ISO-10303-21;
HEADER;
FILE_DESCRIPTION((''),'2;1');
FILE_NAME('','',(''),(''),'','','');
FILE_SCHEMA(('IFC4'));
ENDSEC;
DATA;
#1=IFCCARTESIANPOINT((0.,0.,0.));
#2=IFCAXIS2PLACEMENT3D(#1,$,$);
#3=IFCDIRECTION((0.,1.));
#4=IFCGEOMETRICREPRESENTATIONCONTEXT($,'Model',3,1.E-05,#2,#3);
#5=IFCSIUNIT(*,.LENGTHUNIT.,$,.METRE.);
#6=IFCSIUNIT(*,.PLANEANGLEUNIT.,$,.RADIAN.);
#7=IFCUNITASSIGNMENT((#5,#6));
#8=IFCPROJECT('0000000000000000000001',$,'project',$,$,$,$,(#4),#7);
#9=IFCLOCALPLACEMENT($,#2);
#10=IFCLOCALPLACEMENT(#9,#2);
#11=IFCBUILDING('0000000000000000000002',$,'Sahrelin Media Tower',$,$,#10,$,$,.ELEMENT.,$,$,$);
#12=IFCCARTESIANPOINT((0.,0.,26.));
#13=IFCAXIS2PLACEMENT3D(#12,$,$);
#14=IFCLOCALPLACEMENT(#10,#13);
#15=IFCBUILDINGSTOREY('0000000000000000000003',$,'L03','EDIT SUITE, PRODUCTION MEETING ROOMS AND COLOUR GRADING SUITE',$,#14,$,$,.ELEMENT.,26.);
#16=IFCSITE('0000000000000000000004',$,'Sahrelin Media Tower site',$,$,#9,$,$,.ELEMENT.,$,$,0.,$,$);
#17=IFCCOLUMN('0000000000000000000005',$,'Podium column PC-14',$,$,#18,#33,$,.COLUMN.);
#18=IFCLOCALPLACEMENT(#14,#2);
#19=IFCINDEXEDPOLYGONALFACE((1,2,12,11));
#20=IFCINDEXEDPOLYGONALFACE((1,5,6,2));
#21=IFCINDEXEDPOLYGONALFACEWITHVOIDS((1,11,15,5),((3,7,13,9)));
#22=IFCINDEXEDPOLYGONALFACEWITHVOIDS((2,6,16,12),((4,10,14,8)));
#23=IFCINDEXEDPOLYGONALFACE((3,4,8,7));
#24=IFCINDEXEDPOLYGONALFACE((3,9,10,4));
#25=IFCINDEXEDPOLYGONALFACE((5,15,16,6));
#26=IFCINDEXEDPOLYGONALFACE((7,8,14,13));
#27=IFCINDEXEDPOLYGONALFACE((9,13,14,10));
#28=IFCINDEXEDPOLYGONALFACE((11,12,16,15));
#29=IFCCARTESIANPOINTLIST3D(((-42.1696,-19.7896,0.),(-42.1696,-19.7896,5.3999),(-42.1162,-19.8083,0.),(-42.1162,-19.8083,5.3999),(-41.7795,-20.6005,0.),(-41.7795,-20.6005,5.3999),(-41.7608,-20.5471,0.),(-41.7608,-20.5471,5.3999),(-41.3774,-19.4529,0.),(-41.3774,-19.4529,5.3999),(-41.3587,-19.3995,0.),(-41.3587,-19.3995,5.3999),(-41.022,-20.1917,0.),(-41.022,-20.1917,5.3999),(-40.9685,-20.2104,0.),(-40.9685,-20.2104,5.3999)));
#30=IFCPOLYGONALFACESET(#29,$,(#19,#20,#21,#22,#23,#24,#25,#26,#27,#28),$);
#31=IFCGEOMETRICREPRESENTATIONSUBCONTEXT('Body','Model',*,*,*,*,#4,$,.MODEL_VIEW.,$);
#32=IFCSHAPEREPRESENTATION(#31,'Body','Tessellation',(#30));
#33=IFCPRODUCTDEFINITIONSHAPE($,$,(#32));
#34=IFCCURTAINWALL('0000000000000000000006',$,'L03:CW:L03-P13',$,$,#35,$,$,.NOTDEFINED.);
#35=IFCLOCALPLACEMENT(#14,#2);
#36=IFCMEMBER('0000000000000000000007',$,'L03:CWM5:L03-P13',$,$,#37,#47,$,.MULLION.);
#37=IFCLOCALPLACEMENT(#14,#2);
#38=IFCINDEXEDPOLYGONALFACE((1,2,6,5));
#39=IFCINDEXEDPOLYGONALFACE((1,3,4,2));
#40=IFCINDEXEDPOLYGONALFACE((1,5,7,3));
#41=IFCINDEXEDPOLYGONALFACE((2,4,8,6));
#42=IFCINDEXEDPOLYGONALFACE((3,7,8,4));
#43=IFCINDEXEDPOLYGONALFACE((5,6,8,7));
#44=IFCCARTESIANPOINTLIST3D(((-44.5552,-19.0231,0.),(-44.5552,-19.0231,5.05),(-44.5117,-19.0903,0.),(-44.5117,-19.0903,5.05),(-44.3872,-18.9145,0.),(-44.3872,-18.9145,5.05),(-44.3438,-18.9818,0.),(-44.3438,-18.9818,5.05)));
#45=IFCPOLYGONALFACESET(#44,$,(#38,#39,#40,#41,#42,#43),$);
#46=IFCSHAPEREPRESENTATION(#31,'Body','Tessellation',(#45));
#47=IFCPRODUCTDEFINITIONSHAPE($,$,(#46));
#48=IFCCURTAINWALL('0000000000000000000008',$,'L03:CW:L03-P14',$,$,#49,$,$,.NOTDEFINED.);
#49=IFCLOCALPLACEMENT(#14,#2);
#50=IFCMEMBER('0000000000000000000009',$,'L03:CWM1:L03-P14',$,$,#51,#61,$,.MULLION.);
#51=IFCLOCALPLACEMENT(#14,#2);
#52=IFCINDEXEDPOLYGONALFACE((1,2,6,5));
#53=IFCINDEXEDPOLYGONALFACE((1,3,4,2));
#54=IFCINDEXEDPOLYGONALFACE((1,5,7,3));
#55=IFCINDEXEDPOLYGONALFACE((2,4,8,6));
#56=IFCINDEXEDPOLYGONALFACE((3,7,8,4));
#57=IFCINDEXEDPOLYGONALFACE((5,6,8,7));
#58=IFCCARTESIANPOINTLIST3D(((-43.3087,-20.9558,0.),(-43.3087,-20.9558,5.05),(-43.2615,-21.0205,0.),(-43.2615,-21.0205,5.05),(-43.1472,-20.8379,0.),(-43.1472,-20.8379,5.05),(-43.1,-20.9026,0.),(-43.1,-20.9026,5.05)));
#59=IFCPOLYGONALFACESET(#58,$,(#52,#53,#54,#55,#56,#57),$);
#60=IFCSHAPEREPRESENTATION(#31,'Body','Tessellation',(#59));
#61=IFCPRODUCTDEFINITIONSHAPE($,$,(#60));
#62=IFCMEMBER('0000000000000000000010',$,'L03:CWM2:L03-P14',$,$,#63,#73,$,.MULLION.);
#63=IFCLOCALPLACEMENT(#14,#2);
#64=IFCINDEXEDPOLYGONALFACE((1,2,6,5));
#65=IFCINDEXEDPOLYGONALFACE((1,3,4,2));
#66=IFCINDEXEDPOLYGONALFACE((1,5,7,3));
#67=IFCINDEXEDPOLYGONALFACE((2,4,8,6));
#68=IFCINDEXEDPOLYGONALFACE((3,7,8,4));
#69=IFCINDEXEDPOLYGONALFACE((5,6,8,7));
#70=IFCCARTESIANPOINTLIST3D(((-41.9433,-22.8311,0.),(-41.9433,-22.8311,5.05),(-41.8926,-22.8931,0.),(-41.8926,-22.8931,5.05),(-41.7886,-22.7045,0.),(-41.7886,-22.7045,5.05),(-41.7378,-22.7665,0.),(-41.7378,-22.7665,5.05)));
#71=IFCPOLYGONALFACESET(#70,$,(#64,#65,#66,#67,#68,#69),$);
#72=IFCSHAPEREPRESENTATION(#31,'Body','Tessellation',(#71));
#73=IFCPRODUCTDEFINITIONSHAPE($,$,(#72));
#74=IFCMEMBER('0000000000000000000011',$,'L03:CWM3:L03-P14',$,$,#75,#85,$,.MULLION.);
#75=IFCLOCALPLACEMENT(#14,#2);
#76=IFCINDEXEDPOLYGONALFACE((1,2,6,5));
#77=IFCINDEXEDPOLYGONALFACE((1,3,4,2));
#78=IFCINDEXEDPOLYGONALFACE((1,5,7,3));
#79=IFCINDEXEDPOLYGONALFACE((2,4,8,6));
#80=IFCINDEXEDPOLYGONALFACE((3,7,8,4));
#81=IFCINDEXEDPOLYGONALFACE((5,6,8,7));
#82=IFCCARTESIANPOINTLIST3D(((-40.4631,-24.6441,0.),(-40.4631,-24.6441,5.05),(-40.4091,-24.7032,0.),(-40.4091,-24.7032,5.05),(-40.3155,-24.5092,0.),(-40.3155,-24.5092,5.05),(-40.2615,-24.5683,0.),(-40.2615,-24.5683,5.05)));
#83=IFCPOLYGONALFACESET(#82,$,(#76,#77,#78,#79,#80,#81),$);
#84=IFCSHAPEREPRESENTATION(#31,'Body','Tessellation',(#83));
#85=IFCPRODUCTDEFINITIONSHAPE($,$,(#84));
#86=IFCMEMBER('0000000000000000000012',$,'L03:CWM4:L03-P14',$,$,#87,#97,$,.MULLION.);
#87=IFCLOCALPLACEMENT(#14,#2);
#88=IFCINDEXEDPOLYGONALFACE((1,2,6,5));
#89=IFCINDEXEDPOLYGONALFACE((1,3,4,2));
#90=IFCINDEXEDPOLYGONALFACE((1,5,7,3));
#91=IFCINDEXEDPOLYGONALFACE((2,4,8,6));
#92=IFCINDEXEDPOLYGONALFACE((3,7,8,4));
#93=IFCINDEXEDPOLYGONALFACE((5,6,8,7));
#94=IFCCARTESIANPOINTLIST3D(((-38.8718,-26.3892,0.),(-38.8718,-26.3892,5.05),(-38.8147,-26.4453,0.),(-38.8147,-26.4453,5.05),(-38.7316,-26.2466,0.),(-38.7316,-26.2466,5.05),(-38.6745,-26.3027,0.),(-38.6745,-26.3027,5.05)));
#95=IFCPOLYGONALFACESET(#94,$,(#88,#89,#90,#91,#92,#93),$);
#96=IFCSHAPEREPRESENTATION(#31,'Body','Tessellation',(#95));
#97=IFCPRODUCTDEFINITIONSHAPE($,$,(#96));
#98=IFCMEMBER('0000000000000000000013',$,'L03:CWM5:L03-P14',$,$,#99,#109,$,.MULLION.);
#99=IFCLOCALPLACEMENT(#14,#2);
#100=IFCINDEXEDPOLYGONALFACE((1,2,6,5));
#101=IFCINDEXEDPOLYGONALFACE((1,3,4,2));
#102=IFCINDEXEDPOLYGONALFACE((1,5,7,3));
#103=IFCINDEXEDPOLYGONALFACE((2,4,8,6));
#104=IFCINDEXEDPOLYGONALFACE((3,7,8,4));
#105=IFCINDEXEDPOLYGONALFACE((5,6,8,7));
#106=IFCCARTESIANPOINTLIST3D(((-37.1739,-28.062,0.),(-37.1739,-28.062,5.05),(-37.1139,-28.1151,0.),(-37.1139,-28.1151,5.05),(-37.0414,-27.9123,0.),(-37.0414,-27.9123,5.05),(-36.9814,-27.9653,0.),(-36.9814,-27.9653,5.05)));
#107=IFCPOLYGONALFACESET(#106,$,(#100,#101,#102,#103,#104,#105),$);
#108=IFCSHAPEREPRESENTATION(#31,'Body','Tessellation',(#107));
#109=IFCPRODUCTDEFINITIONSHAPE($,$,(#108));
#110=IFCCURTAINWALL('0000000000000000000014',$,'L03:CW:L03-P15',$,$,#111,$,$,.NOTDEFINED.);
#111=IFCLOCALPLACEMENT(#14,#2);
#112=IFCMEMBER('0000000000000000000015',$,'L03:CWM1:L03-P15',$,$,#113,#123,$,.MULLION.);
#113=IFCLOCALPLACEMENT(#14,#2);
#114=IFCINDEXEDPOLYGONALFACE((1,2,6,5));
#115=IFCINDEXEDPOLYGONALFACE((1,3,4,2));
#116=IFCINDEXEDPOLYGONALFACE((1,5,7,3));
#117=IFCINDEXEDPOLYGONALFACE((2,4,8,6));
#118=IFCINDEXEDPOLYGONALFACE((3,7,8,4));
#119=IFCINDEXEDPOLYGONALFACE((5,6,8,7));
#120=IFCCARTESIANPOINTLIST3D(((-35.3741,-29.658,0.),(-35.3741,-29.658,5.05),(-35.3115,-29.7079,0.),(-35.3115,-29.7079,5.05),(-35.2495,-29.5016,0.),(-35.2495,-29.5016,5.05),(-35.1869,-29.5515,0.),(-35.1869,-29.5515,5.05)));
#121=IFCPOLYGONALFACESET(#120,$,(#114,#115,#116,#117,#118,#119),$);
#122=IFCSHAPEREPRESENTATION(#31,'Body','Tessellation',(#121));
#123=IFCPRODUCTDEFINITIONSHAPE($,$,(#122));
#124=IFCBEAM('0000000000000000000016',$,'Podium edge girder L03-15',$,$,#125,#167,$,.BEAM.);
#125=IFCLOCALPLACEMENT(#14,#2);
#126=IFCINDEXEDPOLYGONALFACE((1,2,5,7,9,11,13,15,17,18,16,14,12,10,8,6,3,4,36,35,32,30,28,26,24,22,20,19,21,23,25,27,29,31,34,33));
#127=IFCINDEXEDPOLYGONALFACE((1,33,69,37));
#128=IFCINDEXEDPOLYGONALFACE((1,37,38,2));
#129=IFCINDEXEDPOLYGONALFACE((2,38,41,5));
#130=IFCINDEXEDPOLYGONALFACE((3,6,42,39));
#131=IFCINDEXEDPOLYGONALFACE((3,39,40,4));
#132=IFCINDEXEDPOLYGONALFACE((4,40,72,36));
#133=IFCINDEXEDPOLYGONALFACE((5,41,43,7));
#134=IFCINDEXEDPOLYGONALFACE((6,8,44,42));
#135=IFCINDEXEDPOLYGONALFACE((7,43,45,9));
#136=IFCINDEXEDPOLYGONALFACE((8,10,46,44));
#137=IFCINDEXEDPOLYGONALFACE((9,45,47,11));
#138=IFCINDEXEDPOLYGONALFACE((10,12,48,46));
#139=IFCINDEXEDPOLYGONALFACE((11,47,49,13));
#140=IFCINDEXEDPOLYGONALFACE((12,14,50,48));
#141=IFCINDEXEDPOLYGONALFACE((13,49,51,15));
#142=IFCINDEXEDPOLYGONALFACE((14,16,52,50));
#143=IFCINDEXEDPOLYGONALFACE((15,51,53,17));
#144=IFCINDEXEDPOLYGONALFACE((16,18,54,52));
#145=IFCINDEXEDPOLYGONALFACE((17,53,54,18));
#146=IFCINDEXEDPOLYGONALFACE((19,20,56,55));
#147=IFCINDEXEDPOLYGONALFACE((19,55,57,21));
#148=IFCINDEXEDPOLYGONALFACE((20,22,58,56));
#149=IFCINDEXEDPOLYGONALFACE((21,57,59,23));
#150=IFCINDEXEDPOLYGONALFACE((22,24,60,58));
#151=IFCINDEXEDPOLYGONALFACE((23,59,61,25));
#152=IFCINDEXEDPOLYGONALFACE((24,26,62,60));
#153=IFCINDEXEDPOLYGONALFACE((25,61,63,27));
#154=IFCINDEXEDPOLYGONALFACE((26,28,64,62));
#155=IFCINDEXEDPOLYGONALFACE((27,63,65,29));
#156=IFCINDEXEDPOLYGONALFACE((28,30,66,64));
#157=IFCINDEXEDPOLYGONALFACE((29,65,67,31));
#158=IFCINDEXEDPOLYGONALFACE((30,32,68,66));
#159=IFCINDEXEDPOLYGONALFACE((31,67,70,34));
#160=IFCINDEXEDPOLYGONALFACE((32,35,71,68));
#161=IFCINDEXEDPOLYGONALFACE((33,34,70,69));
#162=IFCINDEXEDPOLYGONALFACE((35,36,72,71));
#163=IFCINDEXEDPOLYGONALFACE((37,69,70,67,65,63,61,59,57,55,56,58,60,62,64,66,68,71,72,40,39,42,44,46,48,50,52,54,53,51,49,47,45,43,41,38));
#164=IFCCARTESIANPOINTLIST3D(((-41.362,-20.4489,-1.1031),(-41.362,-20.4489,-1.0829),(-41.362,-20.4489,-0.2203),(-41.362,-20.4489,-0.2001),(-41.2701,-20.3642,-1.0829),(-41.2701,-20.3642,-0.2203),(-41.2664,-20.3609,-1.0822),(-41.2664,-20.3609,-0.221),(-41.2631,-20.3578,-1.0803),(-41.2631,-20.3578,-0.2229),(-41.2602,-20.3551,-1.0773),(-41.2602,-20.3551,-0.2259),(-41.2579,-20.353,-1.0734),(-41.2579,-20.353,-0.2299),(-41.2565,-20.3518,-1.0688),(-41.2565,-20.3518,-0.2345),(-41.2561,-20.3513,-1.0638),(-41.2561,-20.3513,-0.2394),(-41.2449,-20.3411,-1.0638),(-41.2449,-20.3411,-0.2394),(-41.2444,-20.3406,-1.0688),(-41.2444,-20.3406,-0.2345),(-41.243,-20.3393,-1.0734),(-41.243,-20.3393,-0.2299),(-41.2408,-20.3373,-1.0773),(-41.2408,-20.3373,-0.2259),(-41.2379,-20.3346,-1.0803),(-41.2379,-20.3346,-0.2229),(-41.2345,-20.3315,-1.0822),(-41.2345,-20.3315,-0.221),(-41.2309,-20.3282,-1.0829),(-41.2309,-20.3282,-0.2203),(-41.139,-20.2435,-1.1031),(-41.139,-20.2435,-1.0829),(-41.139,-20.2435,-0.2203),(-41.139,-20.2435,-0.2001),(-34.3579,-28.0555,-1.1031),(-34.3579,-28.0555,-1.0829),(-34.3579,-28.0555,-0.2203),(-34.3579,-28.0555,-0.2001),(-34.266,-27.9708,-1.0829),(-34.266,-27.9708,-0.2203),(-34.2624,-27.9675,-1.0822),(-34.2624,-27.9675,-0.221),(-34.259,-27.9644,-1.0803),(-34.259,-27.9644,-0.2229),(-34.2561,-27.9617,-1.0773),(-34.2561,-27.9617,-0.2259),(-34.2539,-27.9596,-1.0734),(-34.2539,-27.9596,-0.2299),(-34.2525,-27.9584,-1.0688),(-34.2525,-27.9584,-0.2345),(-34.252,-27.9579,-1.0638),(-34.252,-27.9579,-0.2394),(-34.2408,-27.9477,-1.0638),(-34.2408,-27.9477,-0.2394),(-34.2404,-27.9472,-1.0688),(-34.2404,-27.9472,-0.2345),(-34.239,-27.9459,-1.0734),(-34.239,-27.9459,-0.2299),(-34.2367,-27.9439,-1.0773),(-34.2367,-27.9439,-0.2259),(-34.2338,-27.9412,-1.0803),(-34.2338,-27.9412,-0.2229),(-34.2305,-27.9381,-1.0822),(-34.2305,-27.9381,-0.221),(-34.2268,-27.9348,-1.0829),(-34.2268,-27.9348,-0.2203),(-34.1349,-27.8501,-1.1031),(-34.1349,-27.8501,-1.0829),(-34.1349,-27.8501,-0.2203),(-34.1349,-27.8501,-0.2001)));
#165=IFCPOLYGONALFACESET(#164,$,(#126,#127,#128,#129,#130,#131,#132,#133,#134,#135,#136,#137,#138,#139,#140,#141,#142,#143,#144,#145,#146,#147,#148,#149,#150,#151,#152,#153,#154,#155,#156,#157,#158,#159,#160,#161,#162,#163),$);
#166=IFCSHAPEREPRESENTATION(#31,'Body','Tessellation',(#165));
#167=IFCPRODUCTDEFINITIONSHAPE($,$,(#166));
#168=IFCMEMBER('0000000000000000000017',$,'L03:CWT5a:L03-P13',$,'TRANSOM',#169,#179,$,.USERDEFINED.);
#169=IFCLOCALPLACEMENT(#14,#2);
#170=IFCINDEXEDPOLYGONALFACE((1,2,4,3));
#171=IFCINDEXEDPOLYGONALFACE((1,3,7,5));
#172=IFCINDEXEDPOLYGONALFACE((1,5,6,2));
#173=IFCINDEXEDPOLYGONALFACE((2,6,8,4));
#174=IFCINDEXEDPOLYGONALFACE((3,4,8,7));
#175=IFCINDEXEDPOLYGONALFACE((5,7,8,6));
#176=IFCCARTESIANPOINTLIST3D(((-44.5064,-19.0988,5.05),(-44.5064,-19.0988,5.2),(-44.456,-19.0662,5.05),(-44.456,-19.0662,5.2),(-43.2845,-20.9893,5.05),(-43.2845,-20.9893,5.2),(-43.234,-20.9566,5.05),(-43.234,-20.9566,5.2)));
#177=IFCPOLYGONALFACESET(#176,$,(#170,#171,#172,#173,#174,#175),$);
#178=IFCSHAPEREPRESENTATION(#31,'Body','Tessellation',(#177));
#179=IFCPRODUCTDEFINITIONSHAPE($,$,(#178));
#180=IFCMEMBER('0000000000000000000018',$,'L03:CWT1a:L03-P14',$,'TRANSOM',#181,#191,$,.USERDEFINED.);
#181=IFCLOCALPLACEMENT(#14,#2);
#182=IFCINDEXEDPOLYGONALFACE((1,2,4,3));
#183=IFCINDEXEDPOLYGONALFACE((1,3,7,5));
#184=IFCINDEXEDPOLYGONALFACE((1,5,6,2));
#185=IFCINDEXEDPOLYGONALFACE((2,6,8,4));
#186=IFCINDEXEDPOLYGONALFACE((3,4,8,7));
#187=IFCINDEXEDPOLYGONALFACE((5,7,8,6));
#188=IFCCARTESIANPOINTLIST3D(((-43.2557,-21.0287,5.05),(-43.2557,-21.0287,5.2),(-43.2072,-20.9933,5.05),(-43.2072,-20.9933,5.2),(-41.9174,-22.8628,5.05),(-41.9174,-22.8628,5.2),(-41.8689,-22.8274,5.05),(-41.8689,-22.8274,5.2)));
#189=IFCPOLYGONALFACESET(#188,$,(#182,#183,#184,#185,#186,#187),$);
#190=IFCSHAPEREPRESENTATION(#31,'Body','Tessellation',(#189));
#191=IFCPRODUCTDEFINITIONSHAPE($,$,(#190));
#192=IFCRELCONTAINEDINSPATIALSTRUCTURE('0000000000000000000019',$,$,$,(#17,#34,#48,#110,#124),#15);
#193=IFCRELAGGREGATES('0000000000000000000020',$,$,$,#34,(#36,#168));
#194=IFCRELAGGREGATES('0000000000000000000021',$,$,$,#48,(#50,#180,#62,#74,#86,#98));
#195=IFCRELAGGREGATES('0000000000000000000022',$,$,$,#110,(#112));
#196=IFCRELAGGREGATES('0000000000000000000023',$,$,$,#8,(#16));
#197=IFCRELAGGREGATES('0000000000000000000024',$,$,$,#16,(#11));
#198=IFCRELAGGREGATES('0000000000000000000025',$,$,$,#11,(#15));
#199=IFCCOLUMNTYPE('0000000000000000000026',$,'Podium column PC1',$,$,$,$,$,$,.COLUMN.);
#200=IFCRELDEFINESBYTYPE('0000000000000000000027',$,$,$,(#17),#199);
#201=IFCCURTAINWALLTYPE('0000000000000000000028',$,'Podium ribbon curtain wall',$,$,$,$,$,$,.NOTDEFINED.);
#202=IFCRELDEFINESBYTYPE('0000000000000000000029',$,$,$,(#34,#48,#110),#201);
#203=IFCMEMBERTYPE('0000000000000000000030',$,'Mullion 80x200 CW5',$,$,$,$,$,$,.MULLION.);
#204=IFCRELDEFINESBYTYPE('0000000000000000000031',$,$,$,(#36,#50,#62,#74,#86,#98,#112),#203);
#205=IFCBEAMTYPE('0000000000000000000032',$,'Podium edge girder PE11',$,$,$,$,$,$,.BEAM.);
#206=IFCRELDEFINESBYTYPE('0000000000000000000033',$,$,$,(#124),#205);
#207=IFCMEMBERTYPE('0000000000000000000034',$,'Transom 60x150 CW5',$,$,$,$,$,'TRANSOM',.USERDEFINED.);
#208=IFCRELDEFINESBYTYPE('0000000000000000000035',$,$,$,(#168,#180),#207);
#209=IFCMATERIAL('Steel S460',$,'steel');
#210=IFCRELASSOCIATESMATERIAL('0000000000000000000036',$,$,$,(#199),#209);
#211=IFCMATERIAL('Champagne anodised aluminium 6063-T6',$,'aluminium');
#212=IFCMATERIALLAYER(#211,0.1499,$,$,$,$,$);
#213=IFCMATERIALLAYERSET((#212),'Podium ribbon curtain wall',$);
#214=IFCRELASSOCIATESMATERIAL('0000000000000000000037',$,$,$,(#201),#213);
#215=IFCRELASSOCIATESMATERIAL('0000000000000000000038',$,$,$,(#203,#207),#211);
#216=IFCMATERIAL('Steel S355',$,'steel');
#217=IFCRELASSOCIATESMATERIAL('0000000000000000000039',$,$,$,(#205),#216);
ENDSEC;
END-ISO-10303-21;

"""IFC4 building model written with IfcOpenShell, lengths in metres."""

from ifc_helpers import new_model, si_unit, direction, frame, origin, origin_2d, place, context, subcontext, project, spatial, rectangle, hollow_rectangle, i_section, extrude, material, layer, layer_set, material_profile, profile_set, type_object, element, aggregate, save


model = new_model("IFC4")

# Units and contexts
model_context = context("Model", 3, precision=1e-05, world=origin(), true_north=direction((0.0, 1.0)))
body_context = subcontext(model_context, "Body", "Model", "MODEL_VIEW")
ifc_project = project(units=[si_unit("LENGTHUNIT", "METRE"), si_unit("PLANEANGLEUNIT", "RADIAN")], contexts=[model_context])

# Site, building, storey
site_placement = place(None, origin())
site = spatial("IfcSite", under=ifc_project, at=site_placement, Name="Sahrelin Media Tower site", CompositionType="ELEMENT", RefElevation=0.0)
building_placement = place(site_placement, origin())
building = spatial("IfcBuilding", under=site, at=building_placement, Name="Sahrelin Media Tower", CompositionType="ELEMENT")
storey_placement = place(building_placement, frame((0.0, 0.0, 26.0)))
storey = spatial("IfcBuildingStorey", under=building, at=storey_placement, Name="L03", Description="EDIT SUITE, PRODUCTION MEETING ROOMS AND COLOUR GRADING SUITE", CompositionType="ELEMENT", Elevation=26.0)

# Column
ifc_material_1 = material(Name="Steel S460", Category="steel")
ifc_material_profile_1 = material_profile(ifc_material_1, hollow_rectangle(XDim=0.8999, YDim=0.8999, WallThickness=0.04, at=origin_2d()), Name="Podium column PC1")
ifc_profile_set_1 = profile_set([ifc_material_profile_1], Name="Steel S460")
column_type = type_object("IfcColumnType", Name="Podium column PC1", PredefinedType="COLUMN", material=ifc_profile_set_1)
column_placement = place(storey_placement, frame((-41.5691, -20.0, 0.0), z_axis=(0.0, 0.0, 1.0), x_axis=(-0.901127, -0.433555, 0.0)))
element("IfcColumn", 1, at=column_placement, inside=storey, type_object=column_type, Name="Podium column PC-14", PredefinedType="COLUMN", context=body_context, shape_type="SweptSolid", body=[
    extrude(hollow_rectangle(XDim=0.8999, YDim=0.8999, WallThickness=0.04, at=origin_2d()), origin(), (0.0, 0.0, 1.0), 5.3999),
])

# Curtain wall, member
ifc_material_2 = material(Name="Champagne anodised aluminium 6063-T6", Category="aluminium")
ifc_layer_1 = layer(ifc_material_2, 0.1499)
ifc_layer_set_1 = layer_set([ifc_layer_1], Name="Podium ribbon curtain wall")
curtain_wall_type = type_object("IfcCurtainWallType", Name="Podium ribbon curtain wall", PredefinedType="NOTDEFINED", material=ifc_layer_set_1)
curtain_wall_1_placement = place(storey_placement, frame((-48.2964, -10.8704, 0.0), z_axis=(0.0, 0.0, 1.0), x_axis=(1.0, 0.0, 0.0)))
curtain_wall_1 = element("IfcCurtainWall", 2, at=curtain_wall_1_placement, inside=storey, type_object=curtain_wall_type, Name="L03:CW:L03-P13", PredefinedType="NOTDEFINED")
ifc_material_profile_2 = material_profile(ifc_material_2, rectangle(XDim=0.0801, YDim=0.2, at=origin_2d()), Name="Mullion 80x200")
ifc_profile_set_2 = profile_set([ifc_material_profile_2], Name="Champagne anodised aluminium 6063-T6")
member_type_1 = type_object("IfcMemberType", Name="Mullion 80x200 CW5", PredefinedType="MULLION", material=ifc_profile_set_2)
member_1_placement = place(storey_placement, frame((-44.4495, -19.0024, 0.0), z_axis=(0.0, 0.0, 1.0), x_axis=(0.54283, -0.839843, 0.0)))
member_1 = element("IfcMember", 3, at=member_1_placement, type_object=member_type_1, Name="L03:CWM5:L03-P13", PredefinedType="MULLION", context=body_context, shape_type="SweptSolid", body=[
    extrude(rectangle(XDim=0.0801, YDim=0.2, at=origin_2d()), origin(), (0.0, 0.0, 1.0), 5.05),
])

# Curtain wall, members
curtain_wall_2_placement = place(storey_placement, frame((-43.3013, -21.0, 0.0), z_axis=(0.0, 0.0, 1.0), x_axis=(1.0, 0.0, 0.0)))
curtain_wall_2 = element("IfcCurtainWall", 4, at=curtain_wall_2_placement, inside=storey, type_object=curtain_wall_type, Name="L03:CW:L03-P14", PredefinedType="NOTDEFINED")
member_2_placement = place(storey_placement, frame((-43.2043, -20.9292, 0.0), z_axis=(0.0, 0.0, 1.0), x_axis=(0.589385, -0.807852, 0.0)))
member_2 = element("IfcMember", 5, at=member_2_placement, type_object=member_type_1, Name="L03:CWM1:L03-P14", PredefinedType="MULLION", context=body_context, shape_type="SweptSolid", body=[
    extrude(rectangle(XDim=0.0801, YDim=0.2, at=origin_2d()), origin(), (0.0, 0.0, 1.0), 5.05),
])
member_3_placement = place(storey_placement, frame((-41.8406, -22.7988, 0.0), z_axis=(0.0, 0.0, 1.0), x_axis=(0.633235, -0.77396, 0.0)))
member_3 = element("IfcMember", 6, at=member_3_placement, type_object=member_type_1, Name="L03:CWM2:L03-P14", PredefinedType="MULLION", context=body_context, shape_type="SweptSolid", body=[
    extrude(rectangle(XDim=0.0801, YDim=0.2, at=origin_2d()), origin(), (0.0, 0.0, 1.0), 5.05),
])
member_4_placement = place(storey_placement, frame((-40.3623, -24.6062, 0.0), z_axis=(0.0, 0.0, 1.0), x_axis=(0.67443, -0.738339, 0.0)))
member_4 = element("IfcMember", 7, at=member_4_placement, type_object=member_type_1, Name="L03:CWM3:L03-P14", PredefinedType="MULLION", context=body_context, shape_type="SweptSolid", body=[
    extrude(rectangle(XDim=0.0801, YDim=0.2, at=origin_2d()), origin(), (0.0, 0.0, 1.0), 5.05),
])
member_5_placement = place(storey_placement, frame((-38.7732, -26.3459, 0.0), z_axis=(0.0, 0.0, 1.0), x_axis=(0.712974, -0.701191, 0.0)))
member_5 = element("IfcMember", 8, at=member_5_placement, type_object=member_type_1, Name="L03:CWM4:L03-P14", PredefinedType="MULLION", context=body_context, shape_type="SweptSolid", body=[
    extrude(rectangle(XDim=0.0801, YDim=0.2, at=origin_2d()), origin(), (0.0, 0.0, 1.0), 5.05),
])
member_6_placement = place(storey_placement, frame((-37.0776, -28.0137, 0.0), z_axis=(0.0, 0.0, 1.0), x_axis=(0.748788, -0.66281, 0.0)))
member_6 = element("IfcMember", 9, at=member_6_placement, type_object=member_type_1, Name="L03:CWM5:L03-P14", PredefinedType="MULLION", context=body_context, shape_type="SweptSolid", body=[
    extrude(rectangle(XDim=0.0801, YDim=0.2, at=origin_2d()), origin(), (0.0, 0.0, 1.0), 5.05),
])

# Curtain wall, member
curtain_wall_3_placement = place(storey_placement, frame((-35.3552, -29.6985, 0.0), z_axis=(0.0, 0.0, 1.0), x_axis=(1.0, 0.0, 0.0)))
curtain_wall_3 = element("IfcCurtainWall", 10, at=curtain_wall_3_placement, inside=storey, type_object=curtain_wall_type, Name="L03:CW:L03-P15", PredefinedType="NOTDEFINED")
member_7_placement = place(storey_placement, frame((-35.2805, -29.6047, 0.0), z_axis=(0.0, 0.0, 1.0), x_axis=(0.78196, -0.623328, 0.0)))
member_7 = element("IfcMember", 11, at=member_7_placement, type_object=member_type_1, Name="L03:CWM1:L03-P15", PredefinedType="MULLION", context=body_context, shape_type="SweptSolid", body=[
    extrude(rectangle(XDim=0.0801, YDim=0.2, at=origin_2d()), origin(), (0.0, 0.0, 1.0), 5.05),
])

# Beam
ifc_material_3 = material(Name="Steel S355", Category="steel")
ifc_material_profile_3 = material_profile(ifc_material_3, i_section(OverallWidth=0.3032, OverallDepth=0.9031, WebThickness=0.0151, FlangeThickness=0.0203, FilletRadius=0.019, at=origin_2d()), Name="UB 914x305x201")
ifc_profile_set_3 = profile_set([ifc_material_profile_3], Name="Steel S355")
beam_type = type_object("IfcBeamType", Name="Podium edge girder PE11", PredefinedType="BEAM", material=ifc_profile_set_3)
beam_placement = place(storey_placement, frame((-41.2505, -20.3462, -0.6516), z_axis=(0.677371, -0.735642, 0.0), x_axis=(0.735642, 0.677371, 0.0)))
element("IfcBeam", 12, at=beam_placement, inside=storey, type_object=beam_type, Name="Podium edge girder L03-15", PredefinedType="BEAM", context=body_context, shape_type="SweptSolid", body=[
    extrude(i_section(OverallWidth=0.3032, OverallDepth=0.9031, WebThickness=0.0151, FlangeThickness=0.0203, FilletRadius=0.019, at=origin_2d()), origin(), (0.0, 0.0, 1.0), 10.3401),
])

# Members
ifc_material_profile_4 = material_profile(ifc_material_2, rectangle(XDim=0.0601, YDim=0.1499, at=origin_2d()), Name="Transom 60x150")
ifc_profile_set_4 = profile_set([ifc_material_profile_4], Name="Champagne anodised aluminium 6063-T6")
member_type_2 = type_object("IfcMemberType", Name="Transom 60x150 CW5", ElementType="TRANSOM", PredefinedType="USERDEFINED", material=ifc_profile_set_4)
member_8_placement = place(storey_placement, frame((-44.4812, -19.0825, 5.125), z_axis=(0.542855, -0.839826, 0.0), x_axis=(0.839826, 0.542855, 0.0)))
member_8 = element("IfcMember", 13, at=member_8_placement, type_object=member_type_2, Name="L03:CWT5a:L03-P13", ObjectType="TRANSOM", PredefinedType="USERDEFINED", context=body_context, shape_type="SweptSolid", body=[
    extrude(rectangle(XDim=0.0601, YDim=0.1499, at=origin_2d()), origin(), (0.0, 0.0, 1.0), 2.251),
])
member_9_placement = place(storey_placement, frame((-43.2314, -21.011, 5.125), z_axis=(0.589437, -0.807814, 0.0), x_axis=(0.807814, 0.589437, 0.0)))
member_9 = element("IfcMember", 14, at=member_9_placement, type_object=member_type_2, Name="L03:CWT1a:L03-P14", ObjectType="TRANSOM", PredefinedType="USERDEFINED", context=body_context, shape_type="SweptSolid", body=[
    extrude(rectangle(XDim=0.0601, YDim=0.1499, at=origin_2d()), origin(), (0.0, 0.0, 1.0), 2.2705),
])

aggregate(curtain_wall_1, [member_1, member_8])
aggregate(curtain_wall_2, [member_2, member_9, member_3, member_4, member_5, member_6])
aggregate(curtain_wall_3, [member_7])

save(model, "model.ifc")
